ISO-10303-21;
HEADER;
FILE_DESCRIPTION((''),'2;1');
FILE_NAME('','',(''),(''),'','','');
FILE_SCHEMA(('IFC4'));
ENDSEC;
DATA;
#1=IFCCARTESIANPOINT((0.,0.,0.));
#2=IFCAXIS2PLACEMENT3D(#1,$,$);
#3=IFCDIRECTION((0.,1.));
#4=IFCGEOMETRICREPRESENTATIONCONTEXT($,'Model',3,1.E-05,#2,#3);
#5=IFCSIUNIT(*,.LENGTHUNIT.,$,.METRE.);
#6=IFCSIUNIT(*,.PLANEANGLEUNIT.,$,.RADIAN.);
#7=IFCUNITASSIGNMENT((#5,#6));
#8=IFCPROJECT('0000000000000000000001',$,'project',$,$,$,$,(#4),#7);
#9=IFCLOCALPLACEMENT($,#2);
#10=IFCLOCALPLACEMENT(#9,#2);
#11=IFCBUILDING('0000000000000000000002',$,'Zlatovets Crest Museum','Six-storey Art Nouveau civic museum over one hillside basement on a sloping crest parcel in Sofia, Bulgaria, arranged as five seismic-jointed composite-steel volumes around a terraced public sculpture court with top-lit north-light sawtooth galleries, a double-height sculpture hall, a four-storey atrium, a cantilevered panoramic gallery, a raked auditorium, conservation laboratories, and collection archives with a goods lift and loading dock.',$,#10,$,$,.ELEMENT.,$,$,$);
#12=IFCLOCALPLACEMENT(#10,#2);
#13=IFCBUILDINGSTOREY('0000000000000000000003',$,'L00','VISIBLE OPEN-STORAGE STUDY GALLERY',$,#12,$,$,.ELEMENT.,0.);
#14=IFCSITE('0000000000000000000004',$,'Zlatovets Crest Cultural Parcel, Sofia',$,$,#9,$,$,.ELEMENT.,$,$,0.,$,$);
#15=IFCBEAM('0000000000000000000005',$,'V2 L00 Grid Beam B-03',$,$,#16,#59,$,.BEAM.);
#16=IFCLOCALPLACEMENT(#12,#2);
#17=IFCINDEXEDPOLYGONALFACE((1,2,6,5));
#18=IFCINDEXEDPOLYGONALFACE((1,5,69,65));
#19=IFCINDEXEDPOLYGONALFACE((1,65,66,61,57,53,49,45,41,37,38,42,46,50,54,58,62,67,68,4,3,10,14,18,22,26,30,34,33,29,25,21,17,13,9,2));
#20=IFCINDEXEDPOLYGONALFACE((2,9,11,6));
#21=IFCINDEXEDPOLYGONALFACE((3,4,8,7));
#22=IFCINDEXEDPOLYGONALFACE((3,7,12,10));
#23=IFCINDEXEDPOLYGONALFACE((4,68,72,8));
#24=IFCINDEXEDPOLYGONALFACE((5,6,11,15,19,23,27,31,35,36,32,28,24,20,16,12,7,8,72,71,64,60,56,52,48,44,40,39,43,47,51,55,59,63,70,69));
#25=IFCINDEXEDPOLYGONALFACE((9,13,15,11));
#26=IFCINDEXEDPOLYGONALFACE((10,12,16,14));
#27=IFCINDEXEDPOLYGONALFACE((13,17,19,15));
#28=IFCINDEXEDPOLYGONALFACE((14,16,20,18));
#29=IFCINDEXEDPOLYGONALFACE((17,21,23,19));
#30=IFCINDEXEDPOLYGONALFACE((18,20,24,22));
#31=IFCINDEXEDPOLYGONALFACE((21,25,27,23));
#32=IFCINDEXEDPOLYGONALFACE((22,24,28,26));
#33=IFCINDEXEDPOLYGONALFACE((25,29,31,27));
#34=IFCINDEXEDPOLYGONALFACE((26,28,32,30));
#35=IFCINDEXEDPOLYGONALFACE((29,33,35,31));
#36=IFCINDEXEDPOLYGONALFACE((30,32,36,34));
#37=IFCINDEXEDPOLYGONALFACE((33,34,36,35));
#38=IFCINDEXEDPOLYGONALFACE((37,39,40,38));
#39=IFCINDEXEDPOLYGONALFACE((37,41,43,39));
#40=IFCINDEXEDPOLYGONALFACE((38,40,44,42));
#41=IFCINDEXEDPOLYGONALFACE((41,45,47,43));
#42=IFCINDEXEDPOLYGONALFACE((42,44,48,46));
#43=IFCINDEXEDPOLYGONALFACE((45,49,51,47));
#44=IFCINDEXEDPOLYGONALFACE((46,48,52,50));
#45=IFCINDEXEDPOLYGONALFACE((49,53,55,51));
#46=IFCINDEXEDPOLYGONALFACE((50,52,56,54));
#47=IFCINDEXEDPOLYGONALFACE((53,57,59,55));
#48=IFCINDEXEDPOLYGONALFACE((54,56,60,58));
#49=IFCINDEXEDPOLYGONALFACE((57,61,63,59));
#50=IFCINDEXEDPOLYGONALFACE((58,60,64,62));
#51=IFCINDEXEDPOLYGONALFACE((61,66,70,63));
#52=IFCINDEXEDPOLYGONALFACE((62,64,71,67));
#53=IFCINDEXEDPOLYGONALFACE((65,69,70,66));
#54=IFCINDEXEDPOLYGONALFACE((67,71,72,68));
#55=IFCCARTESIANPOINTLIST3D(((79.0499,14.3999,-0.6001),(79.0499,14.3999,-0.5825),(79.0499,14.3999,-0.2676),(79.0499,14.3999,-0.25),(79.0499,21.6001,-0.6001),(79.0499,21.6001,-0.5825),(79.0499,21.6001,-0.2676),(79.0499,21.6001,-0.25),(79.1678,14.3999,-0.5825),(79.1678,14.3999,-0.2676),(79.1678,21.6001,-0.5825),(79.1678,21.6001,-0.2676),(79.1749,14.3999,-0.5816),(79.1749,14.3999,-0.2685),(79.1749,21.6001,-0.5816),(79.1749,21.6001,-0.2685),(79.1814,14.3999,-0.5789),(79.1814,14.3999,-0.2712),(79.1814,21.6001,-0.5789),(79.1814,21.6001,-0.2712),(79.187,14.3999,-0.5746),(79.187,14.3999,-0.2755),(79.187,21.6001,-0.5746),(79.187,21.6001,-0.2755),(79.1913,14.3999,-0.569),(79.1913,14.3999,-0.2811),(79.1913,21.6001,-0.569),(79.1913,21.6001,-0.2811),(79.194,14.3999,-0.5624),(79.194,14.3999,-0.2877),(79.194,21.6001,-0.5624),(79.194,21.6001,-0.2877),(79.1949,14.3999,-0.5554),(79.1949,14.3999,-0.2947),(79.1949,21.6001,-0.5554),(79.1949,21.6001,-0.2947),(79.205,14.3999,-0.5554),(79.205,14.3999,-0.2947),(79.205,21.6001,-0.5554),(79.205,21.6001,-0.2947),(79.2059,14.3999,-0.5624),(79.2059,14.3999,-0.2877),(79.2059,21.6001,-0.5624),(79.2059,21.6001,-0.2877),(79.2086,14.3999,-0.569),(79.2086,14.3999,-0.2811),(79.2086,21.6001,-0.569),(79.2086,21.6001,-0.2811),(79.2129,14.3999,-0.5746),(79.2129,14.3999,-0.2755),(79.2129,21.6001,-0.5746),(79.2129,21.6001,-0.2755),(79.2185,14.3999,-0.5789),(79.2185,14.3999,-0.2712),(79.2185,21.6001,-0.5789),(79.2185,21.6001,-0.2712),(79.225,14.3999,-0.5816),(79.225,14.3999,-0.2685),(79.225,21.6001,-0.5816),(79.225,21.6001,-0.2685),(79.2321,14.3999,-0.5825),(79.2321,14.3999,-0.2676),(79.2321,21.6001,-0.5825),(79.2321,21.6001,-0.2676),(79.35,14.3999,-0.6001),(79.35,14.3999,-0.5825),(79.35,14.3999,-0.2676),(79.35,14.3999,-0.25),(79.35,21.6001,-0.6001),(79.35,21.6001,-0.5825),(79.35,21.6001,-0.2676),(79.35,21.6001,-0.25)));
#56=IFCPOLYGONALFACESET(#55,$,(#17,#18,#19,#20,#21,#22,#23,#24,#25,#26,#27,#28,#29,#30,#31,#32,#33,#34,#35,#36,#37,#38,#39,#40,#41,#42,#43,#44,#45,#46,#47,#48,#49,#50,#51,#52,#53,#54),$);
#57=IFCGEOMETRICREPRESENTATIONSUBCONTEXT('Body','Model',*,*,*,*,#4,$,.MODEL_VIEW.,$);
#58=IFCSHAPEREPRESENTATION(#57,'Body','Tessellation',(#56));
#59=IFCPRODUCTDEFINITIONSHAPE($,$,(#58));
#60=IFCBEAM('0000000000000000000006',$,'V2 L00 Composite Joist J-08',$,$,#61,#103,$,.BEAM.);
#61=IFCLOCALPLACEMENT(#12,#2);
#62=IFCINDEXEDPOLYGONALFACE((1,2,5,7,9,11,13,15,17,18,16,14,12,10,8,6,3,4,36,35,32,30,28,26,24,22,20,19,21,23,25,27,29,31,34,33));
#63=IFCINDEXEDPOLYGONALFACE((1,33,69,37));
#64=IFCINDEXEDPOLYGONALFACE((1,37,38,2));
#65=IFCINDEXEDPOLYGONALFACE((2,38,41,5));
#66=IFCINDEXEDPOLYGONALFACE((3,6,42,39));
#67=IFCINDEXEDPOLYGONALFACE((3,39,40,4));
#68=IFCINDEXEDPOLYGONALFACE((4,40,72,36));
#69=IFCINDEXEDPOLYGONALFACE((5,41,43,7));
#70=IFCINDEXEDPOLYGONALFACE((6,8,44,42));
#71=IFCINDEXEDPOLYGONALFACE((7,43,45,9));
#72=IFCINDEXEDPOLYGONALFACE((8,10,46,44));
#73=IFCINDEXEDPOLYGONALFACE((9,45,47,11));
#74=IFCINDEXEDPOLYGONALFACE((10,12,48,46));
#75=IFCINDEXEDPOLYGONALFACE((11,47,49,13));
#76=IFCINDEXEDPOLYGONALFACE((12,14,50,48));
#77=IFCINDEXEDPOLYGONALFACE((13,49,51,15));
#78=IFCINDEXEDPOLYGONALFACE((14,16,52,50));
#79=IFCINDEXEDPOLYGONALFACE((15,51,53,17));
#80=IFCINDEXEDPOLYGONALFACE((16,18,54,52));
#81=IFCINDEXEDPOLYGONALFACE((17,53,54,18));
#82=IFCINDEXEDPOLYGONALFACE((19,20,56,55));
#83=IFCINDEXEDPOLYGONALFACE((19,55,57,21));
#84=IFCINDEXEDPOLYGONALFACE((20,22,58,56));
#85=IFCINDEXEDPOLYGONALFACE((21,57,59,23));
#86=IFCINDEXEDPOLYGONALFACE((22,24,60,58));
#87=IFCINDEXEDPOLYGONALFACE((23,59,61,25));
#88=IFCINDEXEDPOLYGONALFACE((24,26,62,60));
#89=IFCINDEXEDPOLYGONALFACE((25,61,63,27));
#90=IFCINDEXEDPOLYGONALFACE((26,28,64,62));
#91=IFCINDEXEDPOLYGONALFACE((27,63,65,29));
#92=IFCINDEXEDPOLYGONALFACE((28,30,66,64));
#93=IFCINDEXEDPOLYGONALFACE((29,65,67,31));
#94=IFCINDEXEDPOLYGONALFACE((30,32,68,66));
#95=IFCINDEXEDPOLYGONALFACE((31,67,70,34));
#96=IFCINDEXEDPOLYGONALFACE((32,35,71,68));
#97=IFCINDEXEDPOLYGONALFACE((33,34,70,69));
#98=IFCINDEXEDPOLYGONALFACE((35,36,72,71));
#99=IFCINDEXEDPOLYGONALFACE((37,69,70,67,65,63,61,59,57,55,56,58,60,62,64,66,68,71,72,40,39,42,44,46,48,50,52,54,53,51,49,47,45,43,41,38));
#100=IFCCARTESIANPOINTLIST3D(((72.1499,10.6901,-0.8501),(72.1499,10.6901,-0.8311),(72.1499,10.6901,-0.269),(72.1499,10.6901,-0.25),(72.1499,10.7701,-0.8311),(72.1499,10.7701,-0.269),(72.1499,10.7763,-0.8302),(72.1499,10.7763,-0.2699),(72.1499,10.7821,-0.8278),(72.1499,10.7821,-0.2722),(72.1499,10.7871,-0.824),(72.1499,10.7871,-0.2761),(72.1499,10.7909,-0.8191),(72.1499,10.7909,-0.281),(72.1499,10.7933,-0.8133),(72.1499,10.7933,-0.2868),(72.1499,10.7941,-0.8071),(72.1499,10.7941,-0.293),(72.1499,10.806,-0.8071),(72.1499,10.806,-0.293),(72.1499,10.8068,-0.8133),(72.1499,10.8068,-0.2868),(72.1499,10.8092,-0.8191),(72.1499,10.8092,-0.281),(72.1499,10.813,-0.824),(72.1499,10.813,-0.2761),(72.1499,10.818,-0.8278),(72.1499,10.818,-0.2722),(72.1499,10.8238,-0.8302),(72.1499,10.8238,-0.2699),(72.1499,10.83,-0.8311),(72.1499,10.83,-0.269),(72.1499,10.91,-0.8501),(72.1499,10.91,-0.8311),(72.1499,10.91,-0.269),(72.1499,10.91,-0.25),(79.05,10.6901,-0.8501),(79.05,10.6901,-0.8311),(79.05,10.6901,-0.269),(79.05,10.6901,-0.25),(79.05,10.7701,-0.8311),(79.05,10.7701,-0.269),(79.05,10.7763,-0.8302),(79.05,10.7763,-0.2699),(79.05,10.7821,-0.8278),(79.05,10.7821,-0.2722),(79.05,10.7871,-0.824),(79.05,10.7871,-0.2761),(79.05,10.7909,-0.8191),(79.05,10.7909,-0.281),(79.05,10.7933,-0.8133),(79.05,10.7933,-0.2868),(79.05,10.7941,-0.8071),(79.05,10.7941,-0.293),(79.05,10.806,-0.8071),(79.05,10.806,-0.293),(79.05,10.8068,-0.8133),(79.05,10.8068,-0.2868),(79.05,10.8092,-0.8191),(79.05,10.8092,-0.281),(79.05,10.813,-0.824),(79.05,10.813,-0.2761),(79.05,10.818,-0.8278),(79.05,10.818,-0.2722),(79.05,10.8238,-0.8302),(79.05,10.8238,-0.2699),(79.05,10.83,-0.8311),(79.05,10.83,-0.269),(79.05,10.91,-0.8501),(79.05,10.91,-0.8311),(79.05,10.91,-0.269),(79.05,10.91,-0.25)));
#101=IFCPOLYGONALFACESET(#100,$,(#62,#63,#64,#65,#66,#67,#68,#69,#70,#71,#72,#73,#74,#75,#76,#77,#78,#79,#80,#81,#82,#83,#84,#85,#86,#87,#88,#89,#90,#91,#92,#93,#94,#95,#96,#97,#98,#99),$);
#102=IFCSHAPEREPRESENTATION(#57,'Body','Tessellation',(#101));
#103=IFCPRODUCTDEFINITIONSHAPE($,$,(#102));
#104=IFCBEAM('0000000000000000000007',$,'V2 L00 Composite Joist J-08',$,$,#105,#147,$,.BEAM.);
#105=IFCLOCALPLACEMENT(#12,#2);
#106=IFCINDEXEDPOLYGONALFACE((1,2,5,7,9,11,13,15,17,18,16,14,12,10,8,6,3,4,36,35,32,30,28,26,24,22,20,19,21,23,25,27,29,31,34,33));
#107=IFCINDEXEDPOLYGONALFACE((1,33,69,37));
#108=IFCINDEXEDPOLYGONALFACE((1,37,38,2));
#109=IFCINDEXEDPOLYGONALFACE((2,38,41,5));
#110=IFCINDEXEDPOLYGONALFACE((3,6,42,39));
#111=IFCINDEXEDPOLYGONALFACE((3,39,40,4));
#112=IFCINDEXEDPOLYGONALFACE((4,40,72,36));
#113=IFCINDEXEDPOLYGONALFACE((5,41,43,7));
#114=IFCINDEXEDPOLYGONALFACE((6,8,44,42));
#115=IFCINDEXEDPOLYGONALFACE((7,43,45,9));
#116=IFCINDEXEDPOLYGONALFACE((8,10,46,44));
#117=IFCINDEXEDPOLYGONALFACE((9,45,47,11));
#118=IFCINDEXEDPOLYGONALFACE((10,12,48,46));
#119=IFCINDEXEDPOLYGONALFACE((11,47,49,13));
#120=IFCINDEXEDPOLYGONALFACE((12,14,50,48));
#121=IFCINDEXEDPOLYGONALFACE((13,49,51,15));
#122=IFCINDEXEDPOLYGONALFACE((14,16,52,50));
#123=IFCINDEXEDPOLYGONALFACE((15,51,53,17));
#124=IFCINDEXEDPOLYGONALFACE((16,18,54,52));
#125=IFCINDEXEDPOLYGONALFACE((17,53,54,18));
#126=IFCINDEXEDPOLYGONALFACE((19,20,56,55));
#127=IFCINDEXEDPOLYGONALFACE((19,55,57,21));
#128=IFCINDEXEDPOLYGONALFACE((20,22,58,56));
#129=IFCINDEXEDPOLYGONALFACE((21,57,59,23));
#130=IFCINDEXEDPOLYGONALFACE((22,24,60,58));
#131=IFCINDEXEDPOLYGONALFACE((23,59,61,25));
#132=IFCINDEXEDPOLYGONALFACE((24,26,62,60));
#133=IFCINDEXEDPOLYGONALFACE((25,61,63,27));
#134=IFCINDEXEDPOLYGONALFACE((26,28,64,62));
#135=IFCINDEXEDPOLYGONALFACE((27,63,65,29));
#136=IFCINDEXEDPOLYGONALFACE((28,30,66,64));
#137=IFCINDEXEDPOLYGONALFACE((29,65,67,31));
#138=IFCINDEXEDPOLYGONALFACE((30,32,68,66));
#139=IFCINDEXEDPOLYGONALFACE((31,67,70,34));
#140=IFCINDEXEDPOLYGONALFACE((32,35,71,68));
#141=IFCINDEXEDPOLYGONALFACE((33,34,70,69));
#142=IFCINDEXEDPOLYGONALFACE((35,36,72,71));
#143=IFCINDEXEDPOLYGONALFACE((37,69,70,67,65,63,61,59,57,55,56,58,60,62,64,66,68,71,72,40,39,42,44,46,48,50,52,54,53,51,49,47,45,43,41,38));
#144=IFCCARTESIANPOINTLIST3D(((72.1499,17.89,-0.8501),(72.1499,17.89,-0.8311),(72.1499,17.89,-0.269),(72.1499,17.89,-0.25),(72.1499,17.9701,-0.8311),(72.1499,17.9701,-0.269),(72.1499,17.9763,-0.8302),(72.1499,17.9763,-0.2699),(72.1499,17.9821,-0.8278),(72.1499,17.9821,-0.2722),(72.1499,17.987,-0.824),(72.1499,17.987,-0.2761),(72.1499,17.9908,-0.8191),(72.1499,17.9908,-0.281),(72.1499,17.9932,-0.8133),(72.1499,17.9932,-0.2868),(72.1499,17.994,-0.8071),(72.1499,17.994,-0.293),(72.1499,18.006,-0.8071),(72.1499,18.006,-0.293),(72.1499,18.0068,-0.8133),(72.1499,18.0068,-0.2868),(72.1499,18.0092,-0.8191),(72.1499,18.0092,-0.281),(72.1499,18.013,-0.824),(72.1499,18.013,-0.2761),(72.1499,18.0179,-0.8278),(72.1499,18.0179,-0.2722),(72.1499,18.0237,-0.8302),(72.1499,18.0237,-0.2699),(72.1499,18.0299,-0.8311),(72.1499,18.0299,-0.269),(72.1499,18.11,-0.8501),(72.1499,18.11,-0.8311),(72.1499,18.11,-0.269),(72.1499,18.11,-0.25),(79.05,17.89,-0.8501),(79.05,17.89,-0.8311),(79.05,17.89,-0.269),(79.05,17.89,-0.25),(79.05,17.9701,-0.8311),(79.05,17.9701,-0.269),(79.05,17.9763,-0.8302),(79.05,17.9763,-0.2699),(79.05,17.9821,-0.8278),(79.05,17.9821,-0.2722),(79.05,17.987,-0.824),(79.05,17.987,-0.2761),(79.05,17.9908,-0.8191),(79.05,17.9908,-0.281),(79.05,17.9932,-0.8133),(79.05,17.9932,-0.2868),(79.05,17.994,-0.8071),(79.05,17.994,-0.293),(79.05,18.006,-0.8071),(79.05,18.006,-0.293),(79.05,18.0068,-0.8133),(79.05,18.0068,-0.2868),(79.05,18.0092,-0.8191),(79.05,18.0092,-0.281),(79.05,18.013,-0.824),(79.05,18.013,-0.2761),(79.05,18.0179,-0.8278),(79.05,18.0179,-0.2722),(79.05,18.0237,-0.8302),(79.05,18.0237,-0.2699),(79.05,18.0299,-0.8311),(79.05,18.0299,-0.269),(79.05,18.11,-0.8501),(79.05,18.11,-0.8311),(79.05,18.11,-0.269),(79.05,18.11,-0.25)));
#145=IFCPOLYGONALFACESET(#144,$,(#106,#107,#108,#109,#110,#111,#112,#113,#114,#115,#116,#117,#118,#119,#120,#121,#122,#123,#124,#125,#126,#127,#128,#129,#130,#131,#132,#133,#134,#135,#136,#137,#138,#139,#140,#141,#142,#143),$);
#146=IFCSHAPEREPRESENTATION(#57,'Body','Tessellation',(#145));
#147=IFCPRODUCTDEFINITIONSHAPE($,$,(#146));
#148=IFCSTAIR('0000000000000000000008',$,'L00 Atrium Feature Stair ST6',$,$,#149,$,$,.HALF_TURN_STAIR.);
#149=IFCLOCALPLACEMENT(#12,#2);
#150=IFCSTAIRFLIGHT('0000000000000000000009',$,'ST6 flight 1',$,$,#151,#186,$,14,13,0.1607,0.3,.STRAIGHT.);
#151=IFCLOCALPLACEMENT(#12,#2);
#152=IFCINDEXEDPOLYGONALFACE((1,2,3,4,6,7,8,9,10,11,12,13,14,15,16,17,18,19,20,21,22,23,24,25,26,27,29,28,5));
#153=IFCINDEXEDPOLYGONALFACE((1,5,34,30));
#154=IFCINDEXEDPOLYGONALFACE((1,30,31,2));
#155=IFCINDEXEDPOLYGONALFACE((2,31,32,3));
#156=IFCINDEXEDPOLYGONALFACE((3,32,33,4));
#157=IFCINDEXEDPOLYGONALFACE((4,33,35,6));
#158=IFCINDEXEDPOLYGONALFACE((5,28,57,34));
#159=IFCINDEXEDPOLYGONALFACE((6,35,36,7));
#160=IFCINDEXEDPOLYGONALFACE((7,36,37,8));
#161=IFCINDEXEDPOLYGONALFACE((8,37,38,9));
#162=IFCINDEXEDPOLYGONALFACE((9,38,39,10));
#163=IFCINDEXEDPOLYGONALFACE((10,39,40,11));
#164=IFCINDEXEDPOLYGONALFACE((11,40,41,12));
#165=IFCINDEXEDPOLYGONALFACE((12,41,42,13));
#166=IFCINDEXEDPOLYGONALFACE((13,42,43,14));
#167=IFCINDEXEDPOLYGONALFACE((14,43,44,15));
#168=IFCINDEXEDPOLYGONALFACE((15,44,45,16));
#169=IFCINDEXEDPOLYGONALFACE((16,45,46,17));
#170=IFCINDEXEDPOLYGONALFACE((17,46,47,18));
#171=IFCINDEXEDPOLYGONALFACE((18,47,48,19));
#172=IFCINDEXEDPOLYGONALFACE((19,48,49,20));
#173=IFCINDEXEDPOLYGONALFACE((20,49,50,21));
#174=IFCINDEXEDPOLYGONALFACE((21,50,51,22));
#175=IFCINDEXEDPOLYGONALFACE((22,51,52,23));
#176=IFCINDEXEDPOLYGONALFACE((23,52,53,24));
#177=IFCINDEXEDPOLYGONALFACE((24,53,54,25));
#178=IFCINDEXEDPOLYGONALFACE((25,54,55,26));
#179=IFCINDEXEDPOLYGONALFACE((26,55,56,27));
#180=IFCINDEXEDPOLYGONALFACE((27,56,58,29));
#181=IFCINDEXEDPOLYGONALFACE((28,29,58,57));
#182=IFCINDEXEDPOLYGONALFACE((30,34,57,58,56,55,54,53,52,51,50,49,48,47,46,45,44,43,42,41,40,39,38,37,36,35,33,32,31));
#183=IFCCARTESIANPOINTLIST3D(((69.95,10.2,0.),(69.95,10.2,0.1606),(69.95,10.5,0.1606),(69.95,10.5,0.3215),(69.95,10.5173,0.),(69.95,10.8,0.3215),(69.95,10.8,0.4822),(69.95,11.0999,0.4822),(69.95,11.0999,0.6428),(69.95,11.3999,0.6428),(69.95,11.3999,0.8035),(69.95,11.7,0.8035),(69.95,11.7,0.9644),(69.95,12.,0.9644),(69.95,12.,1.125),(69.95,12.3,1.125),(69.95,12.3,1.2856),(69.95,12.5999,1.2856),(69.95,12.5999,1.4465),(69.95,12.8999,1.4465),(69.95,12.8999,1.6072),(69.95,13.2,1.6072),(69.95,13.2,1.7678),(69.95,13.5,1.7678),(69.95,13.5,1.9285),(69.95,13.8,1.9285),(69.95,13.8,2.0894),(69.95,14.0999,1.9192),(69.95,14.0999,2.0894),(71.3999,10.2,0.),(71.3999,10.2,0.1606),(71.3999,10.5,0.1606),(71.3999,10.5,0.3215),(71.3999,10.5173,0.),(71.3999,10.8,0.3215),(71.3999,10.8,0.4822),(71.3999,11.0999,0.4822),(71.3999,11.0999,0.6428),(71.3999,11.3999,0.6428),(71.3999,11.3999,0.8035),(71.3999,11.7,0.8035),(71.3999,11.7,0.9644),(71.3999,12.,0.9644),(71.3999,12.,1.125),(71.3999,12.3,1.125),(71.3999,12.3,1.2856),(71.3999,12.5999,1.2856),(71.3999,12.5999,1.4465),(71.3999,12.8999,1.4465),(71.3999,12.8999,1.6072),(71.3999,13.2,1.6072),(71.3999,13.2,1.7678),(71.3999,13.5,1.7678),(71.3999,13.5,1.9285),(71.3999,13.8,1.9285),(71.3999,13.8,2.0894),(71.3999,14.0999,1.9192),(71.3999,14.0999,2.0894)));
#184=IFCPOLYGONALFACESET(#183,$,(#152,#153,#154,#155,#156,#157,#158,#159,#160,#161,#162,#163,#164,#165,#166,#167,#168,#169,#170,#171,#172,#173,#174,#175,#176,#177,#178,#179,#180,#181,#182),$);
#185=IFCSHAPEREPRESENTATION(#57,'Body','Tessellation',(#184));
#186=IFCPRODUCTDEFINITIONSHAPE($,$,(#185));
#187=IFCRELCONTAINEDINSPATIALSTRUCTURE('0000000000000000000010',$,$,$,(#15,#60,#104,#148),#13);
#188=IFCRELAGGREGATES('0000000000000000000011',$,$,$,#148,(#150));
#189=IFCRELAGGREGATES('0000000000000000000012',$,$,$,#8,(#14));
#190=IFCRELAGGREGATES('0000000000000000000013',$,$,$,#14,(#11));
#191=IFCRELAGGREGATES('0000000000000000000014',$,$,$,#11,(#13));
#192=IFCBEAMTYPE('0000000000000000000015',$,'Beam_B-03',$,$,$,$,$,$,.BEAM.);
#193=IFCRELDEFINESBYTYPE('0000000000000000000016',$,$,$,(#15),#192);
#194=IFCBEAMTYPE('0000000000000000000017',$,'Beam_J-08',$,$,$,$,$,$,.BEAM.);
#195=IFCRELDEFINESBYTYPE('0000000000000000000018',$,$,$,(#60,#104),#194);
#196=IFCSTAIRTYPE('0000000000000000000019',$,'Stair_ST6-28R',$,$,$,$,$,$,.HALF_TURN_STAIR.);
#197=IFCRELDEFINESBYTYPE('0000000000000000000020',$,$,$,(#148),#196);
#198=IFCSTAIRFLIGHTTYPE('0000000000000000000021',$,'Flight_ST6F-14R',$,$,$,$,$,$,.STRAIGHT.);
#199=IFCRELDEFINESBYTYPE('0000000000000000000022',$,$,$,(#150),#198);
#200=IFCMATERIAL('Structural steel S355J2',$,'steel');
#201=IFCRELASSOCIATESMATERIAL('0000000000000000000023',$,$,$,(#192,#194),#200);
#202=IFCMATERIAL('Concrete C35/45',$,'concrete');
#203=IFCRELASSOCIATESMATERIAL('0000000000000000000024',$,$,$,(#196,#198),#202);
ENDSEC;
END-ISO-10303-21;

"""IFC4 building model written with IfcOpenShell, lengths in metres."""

from ifc_helpers import new_model, si_unit, direction, frame, origin, origin_2d, place, context, subcontext, project, spatial, polyline, i_section, outline, extrude, material, material_profile, profile_set, type_object, element, aggregate, save


model = new_model("IFC4")

# Units and contexts
model_context = context("Model", 3, precision=1e-05, world=origin(), true_north=direction((0.0, 1.0)))
body_context = subcontext(model_context, "Body", "Model", "MODEL_VIEW")
ifc_project = project(units=[si_unit("LENGTHUNIT", "METRE"), si_unit("PLANEANGLEUNIT", "RADIAN")], contexts=[model_context])

# Site, building, storey
site_placement = place(None, origin())
site = spatial("IfcSite", under=ifc_project, at=site_placement, Name="Zlatovets Crest Cultural Parcel, Sofia", CompositionType="ELEMENT", RefElevation=0.0)
building_placement = place(site_placement, origin())
building = spatial("IfcBuilding", under=site, at=building_placement, Name="Zlatovets Crest Museum", Description="Six-storey Art Nouveau civic museum over one hillside basement on a sloping crest parcel in Sofia, Bulgaria, arranged as five seismic-jointed composite-steel volumes around a terraced public sculpture court with top-lit north-light sawtooth galleries, a double-height sculpture hall, a four-storey atrium, a cantilevered panoramic gallery, a raked auditorium, conservation laboratories, and collection archives with a goods lift and loading dock.", CompositionType="ELEMENT")
storey_placement = place(building_placement, origin())
storey = spatial("IfcBuildingStorey", under=building, at=storey_placement, Name="L00", Description="VISIBLE OPEN-STORAGE STUDY GALLERY", CompositionType="ELEMENT", Elevation=0.0)

# Shared definitions
ifc_material_1 = material(Name="Structural steel S355J2", Category="steel")

# Beams
ifc_material_profile_1 = material_profile(ifc_material_1, i_section(OverallWidth=0.3, OverallDepth=0.3501, WebThickness=0.01, FlangeThickness=0.0176, FilletRadius=0.0271, at=origin_2d()), Name="HEA 360")
ifc_profile_set_1 = profile_set([ifc_material_profile_1], Name="Structural steel S355J2")
beam_type_1 = type_object("IfcBeamType", Name="Beam_B-03", PredefinedType="BEAM", material=ifc_profile_set_1)
for number, where, z_axis, x_axis, name in (
    (1, (79.2, 14.3999, -0.425), (0.0, 1.0, 0.0), (-1.0, 0.0, 0.0), "V2 L00 Grid Beam B-03"),
):
    element("IfcBeam", number, at=place(storey_placement, frame(where, z_axis=z_axis, x_axis=x_axis)), inside=storey, type_object=beam_type_1, Name=name, PredefinedType="BEAM", context=body_context, shape_type="SweptSolid", body=[
        extrude(i_section(OverallWidth=0.3, OverallDepth=0.3501, WebThickness=0.01, FlangeThickness=0.0176, FilletRadius=0.0271, at=origin_2d()), origin(), (0.0, 0.0, 1.0), 7.2002),
    ])
ifc_material_profile_2 = material_profile(ifc_material_1, i_section(OverallWidth=0.22, OverallDepth=0.6001, WebThickness=0.012, FlangeThickness=0.019, FilletRadius=0.0239, at=origin_2d()), Name="IPE 600")
ifc_profile_set_2 = profile_set([ifc_material_profile_2], Name="Structural steel S355J2")
beam_type_2 = type_object("IfcBeamType", Name="Beam_J-08", PredefinedType="BEAM", material=ifc_profile_set_2)
for number, where, z_axis, x_axis, name in (
    (2, (72.1499, 10.8, -0.55), (1.0, 0.0, 0.0), (0.0, 1.0, 0.0), "V2 L00 Composite Joist J-08"),
    (3, (72.1499, 18.0, -0.55), (1.0, 0.0, 0.0), (0.0, 1.0, 0.0), "V2 L00 Composite Joist J-08"),
):
    element("IfcBeam", number, at=place(storey_placement, frame(where, z_axis=z_axis, x_axis=x_axis)), inside=storey, type_object=beam_type_2, Name=name, PredefinedType="BEAM", context=body_context, shape_type="SweptSolid", body=[
        extrude(i_section(OverallWidth=0.22, OverallDepth=0.6001, WebThickness=0.012, FlangeThickness=0.019, FilletRadius=0.0239, at=origin_2d()), origin(), (0.0, 0.0, 1.0), 6.9001),
    ])

# Stair, stair flight
ifc_material_2 = material(Name="Concrete C35/45", Category="concrete")
stair_type = type_object("IfcStairType", Name="Stair_ST6-28R", PredefinedType="HALF_TURN_STAIR", material=ifc_material_2)
stair_placement = place(storey_placement, origin())
stair = element("IfcStair", 4, at=stair_placement, inside=storey, type_object=stair_type, Name="L00 Atrium Feature Stair ST6", PredefinedType="HALF_TURN_STAIR")
stair_flight_type = type_object("IfcStairFlightType", Name="Flight_ST6F-14R", PredefinedType="STRAIGHT", material=ifc_material_2)
stair_flight_placement = place(storey_placement, frame((70.675, 10.2, 0.0), z_axis=(0.0, 0.0, 1.0), x_axis=(0.0, 1.0, 0.0)))
stair_flight = element("IfcStairFlight", 5, at=stair_flight_placement, type_object=stair_flight_type, Name="ST6 flight 1", NumberOfRisers=14, NumberOfTreads=13, PredefinedType="STRAIGHT", RiserHeight=0.1607, TreadLength=0.3, context=body_context, shape_type="SweptSolid", body=[
    extrude(outline(polyline([(0.0, 0.0), (0.0, 0.1606), (0.3, 0.1606), (0.3, 0.3215), (0.6001, 0.3215), (0.6001, 0.4822), (0.8999, 0.4822), (0.8999, 0.6428), (1.2, 0.6428), (1.2, 0.8035), (1.5, 0.8035), (1.5, 0.9644), (1.8, 0.9644), (1.8, 1.125), (2.1001, 1.125), (2.1001, 1.2856), (2.3999, 1.2856), (2.3999, 1.4465), (2.7, 1.4465), (2.7, 1.6072), (3.0, 1.6072), (3.0, 1.7678), (3.3, 1.7678), (3.3, 1.9285), (3.6001, 1.9285), (3.6001, 2.0894), (3.8999, 2.0894), (3.8999, 2.25), (3.8999, 1.9192), (0.3174, 0.0), (0.0, 0.0)])), frame((0.0, 0.7251, 0.0), z_axis=(0.0, -1.0, 0.0), x_axis=(1.0, 0.0, 0.0)), (0.0, 0.0, 1.0), 1.45),
])
aggregate(stair, [stair_flight])

save(model, "model.ifc")
